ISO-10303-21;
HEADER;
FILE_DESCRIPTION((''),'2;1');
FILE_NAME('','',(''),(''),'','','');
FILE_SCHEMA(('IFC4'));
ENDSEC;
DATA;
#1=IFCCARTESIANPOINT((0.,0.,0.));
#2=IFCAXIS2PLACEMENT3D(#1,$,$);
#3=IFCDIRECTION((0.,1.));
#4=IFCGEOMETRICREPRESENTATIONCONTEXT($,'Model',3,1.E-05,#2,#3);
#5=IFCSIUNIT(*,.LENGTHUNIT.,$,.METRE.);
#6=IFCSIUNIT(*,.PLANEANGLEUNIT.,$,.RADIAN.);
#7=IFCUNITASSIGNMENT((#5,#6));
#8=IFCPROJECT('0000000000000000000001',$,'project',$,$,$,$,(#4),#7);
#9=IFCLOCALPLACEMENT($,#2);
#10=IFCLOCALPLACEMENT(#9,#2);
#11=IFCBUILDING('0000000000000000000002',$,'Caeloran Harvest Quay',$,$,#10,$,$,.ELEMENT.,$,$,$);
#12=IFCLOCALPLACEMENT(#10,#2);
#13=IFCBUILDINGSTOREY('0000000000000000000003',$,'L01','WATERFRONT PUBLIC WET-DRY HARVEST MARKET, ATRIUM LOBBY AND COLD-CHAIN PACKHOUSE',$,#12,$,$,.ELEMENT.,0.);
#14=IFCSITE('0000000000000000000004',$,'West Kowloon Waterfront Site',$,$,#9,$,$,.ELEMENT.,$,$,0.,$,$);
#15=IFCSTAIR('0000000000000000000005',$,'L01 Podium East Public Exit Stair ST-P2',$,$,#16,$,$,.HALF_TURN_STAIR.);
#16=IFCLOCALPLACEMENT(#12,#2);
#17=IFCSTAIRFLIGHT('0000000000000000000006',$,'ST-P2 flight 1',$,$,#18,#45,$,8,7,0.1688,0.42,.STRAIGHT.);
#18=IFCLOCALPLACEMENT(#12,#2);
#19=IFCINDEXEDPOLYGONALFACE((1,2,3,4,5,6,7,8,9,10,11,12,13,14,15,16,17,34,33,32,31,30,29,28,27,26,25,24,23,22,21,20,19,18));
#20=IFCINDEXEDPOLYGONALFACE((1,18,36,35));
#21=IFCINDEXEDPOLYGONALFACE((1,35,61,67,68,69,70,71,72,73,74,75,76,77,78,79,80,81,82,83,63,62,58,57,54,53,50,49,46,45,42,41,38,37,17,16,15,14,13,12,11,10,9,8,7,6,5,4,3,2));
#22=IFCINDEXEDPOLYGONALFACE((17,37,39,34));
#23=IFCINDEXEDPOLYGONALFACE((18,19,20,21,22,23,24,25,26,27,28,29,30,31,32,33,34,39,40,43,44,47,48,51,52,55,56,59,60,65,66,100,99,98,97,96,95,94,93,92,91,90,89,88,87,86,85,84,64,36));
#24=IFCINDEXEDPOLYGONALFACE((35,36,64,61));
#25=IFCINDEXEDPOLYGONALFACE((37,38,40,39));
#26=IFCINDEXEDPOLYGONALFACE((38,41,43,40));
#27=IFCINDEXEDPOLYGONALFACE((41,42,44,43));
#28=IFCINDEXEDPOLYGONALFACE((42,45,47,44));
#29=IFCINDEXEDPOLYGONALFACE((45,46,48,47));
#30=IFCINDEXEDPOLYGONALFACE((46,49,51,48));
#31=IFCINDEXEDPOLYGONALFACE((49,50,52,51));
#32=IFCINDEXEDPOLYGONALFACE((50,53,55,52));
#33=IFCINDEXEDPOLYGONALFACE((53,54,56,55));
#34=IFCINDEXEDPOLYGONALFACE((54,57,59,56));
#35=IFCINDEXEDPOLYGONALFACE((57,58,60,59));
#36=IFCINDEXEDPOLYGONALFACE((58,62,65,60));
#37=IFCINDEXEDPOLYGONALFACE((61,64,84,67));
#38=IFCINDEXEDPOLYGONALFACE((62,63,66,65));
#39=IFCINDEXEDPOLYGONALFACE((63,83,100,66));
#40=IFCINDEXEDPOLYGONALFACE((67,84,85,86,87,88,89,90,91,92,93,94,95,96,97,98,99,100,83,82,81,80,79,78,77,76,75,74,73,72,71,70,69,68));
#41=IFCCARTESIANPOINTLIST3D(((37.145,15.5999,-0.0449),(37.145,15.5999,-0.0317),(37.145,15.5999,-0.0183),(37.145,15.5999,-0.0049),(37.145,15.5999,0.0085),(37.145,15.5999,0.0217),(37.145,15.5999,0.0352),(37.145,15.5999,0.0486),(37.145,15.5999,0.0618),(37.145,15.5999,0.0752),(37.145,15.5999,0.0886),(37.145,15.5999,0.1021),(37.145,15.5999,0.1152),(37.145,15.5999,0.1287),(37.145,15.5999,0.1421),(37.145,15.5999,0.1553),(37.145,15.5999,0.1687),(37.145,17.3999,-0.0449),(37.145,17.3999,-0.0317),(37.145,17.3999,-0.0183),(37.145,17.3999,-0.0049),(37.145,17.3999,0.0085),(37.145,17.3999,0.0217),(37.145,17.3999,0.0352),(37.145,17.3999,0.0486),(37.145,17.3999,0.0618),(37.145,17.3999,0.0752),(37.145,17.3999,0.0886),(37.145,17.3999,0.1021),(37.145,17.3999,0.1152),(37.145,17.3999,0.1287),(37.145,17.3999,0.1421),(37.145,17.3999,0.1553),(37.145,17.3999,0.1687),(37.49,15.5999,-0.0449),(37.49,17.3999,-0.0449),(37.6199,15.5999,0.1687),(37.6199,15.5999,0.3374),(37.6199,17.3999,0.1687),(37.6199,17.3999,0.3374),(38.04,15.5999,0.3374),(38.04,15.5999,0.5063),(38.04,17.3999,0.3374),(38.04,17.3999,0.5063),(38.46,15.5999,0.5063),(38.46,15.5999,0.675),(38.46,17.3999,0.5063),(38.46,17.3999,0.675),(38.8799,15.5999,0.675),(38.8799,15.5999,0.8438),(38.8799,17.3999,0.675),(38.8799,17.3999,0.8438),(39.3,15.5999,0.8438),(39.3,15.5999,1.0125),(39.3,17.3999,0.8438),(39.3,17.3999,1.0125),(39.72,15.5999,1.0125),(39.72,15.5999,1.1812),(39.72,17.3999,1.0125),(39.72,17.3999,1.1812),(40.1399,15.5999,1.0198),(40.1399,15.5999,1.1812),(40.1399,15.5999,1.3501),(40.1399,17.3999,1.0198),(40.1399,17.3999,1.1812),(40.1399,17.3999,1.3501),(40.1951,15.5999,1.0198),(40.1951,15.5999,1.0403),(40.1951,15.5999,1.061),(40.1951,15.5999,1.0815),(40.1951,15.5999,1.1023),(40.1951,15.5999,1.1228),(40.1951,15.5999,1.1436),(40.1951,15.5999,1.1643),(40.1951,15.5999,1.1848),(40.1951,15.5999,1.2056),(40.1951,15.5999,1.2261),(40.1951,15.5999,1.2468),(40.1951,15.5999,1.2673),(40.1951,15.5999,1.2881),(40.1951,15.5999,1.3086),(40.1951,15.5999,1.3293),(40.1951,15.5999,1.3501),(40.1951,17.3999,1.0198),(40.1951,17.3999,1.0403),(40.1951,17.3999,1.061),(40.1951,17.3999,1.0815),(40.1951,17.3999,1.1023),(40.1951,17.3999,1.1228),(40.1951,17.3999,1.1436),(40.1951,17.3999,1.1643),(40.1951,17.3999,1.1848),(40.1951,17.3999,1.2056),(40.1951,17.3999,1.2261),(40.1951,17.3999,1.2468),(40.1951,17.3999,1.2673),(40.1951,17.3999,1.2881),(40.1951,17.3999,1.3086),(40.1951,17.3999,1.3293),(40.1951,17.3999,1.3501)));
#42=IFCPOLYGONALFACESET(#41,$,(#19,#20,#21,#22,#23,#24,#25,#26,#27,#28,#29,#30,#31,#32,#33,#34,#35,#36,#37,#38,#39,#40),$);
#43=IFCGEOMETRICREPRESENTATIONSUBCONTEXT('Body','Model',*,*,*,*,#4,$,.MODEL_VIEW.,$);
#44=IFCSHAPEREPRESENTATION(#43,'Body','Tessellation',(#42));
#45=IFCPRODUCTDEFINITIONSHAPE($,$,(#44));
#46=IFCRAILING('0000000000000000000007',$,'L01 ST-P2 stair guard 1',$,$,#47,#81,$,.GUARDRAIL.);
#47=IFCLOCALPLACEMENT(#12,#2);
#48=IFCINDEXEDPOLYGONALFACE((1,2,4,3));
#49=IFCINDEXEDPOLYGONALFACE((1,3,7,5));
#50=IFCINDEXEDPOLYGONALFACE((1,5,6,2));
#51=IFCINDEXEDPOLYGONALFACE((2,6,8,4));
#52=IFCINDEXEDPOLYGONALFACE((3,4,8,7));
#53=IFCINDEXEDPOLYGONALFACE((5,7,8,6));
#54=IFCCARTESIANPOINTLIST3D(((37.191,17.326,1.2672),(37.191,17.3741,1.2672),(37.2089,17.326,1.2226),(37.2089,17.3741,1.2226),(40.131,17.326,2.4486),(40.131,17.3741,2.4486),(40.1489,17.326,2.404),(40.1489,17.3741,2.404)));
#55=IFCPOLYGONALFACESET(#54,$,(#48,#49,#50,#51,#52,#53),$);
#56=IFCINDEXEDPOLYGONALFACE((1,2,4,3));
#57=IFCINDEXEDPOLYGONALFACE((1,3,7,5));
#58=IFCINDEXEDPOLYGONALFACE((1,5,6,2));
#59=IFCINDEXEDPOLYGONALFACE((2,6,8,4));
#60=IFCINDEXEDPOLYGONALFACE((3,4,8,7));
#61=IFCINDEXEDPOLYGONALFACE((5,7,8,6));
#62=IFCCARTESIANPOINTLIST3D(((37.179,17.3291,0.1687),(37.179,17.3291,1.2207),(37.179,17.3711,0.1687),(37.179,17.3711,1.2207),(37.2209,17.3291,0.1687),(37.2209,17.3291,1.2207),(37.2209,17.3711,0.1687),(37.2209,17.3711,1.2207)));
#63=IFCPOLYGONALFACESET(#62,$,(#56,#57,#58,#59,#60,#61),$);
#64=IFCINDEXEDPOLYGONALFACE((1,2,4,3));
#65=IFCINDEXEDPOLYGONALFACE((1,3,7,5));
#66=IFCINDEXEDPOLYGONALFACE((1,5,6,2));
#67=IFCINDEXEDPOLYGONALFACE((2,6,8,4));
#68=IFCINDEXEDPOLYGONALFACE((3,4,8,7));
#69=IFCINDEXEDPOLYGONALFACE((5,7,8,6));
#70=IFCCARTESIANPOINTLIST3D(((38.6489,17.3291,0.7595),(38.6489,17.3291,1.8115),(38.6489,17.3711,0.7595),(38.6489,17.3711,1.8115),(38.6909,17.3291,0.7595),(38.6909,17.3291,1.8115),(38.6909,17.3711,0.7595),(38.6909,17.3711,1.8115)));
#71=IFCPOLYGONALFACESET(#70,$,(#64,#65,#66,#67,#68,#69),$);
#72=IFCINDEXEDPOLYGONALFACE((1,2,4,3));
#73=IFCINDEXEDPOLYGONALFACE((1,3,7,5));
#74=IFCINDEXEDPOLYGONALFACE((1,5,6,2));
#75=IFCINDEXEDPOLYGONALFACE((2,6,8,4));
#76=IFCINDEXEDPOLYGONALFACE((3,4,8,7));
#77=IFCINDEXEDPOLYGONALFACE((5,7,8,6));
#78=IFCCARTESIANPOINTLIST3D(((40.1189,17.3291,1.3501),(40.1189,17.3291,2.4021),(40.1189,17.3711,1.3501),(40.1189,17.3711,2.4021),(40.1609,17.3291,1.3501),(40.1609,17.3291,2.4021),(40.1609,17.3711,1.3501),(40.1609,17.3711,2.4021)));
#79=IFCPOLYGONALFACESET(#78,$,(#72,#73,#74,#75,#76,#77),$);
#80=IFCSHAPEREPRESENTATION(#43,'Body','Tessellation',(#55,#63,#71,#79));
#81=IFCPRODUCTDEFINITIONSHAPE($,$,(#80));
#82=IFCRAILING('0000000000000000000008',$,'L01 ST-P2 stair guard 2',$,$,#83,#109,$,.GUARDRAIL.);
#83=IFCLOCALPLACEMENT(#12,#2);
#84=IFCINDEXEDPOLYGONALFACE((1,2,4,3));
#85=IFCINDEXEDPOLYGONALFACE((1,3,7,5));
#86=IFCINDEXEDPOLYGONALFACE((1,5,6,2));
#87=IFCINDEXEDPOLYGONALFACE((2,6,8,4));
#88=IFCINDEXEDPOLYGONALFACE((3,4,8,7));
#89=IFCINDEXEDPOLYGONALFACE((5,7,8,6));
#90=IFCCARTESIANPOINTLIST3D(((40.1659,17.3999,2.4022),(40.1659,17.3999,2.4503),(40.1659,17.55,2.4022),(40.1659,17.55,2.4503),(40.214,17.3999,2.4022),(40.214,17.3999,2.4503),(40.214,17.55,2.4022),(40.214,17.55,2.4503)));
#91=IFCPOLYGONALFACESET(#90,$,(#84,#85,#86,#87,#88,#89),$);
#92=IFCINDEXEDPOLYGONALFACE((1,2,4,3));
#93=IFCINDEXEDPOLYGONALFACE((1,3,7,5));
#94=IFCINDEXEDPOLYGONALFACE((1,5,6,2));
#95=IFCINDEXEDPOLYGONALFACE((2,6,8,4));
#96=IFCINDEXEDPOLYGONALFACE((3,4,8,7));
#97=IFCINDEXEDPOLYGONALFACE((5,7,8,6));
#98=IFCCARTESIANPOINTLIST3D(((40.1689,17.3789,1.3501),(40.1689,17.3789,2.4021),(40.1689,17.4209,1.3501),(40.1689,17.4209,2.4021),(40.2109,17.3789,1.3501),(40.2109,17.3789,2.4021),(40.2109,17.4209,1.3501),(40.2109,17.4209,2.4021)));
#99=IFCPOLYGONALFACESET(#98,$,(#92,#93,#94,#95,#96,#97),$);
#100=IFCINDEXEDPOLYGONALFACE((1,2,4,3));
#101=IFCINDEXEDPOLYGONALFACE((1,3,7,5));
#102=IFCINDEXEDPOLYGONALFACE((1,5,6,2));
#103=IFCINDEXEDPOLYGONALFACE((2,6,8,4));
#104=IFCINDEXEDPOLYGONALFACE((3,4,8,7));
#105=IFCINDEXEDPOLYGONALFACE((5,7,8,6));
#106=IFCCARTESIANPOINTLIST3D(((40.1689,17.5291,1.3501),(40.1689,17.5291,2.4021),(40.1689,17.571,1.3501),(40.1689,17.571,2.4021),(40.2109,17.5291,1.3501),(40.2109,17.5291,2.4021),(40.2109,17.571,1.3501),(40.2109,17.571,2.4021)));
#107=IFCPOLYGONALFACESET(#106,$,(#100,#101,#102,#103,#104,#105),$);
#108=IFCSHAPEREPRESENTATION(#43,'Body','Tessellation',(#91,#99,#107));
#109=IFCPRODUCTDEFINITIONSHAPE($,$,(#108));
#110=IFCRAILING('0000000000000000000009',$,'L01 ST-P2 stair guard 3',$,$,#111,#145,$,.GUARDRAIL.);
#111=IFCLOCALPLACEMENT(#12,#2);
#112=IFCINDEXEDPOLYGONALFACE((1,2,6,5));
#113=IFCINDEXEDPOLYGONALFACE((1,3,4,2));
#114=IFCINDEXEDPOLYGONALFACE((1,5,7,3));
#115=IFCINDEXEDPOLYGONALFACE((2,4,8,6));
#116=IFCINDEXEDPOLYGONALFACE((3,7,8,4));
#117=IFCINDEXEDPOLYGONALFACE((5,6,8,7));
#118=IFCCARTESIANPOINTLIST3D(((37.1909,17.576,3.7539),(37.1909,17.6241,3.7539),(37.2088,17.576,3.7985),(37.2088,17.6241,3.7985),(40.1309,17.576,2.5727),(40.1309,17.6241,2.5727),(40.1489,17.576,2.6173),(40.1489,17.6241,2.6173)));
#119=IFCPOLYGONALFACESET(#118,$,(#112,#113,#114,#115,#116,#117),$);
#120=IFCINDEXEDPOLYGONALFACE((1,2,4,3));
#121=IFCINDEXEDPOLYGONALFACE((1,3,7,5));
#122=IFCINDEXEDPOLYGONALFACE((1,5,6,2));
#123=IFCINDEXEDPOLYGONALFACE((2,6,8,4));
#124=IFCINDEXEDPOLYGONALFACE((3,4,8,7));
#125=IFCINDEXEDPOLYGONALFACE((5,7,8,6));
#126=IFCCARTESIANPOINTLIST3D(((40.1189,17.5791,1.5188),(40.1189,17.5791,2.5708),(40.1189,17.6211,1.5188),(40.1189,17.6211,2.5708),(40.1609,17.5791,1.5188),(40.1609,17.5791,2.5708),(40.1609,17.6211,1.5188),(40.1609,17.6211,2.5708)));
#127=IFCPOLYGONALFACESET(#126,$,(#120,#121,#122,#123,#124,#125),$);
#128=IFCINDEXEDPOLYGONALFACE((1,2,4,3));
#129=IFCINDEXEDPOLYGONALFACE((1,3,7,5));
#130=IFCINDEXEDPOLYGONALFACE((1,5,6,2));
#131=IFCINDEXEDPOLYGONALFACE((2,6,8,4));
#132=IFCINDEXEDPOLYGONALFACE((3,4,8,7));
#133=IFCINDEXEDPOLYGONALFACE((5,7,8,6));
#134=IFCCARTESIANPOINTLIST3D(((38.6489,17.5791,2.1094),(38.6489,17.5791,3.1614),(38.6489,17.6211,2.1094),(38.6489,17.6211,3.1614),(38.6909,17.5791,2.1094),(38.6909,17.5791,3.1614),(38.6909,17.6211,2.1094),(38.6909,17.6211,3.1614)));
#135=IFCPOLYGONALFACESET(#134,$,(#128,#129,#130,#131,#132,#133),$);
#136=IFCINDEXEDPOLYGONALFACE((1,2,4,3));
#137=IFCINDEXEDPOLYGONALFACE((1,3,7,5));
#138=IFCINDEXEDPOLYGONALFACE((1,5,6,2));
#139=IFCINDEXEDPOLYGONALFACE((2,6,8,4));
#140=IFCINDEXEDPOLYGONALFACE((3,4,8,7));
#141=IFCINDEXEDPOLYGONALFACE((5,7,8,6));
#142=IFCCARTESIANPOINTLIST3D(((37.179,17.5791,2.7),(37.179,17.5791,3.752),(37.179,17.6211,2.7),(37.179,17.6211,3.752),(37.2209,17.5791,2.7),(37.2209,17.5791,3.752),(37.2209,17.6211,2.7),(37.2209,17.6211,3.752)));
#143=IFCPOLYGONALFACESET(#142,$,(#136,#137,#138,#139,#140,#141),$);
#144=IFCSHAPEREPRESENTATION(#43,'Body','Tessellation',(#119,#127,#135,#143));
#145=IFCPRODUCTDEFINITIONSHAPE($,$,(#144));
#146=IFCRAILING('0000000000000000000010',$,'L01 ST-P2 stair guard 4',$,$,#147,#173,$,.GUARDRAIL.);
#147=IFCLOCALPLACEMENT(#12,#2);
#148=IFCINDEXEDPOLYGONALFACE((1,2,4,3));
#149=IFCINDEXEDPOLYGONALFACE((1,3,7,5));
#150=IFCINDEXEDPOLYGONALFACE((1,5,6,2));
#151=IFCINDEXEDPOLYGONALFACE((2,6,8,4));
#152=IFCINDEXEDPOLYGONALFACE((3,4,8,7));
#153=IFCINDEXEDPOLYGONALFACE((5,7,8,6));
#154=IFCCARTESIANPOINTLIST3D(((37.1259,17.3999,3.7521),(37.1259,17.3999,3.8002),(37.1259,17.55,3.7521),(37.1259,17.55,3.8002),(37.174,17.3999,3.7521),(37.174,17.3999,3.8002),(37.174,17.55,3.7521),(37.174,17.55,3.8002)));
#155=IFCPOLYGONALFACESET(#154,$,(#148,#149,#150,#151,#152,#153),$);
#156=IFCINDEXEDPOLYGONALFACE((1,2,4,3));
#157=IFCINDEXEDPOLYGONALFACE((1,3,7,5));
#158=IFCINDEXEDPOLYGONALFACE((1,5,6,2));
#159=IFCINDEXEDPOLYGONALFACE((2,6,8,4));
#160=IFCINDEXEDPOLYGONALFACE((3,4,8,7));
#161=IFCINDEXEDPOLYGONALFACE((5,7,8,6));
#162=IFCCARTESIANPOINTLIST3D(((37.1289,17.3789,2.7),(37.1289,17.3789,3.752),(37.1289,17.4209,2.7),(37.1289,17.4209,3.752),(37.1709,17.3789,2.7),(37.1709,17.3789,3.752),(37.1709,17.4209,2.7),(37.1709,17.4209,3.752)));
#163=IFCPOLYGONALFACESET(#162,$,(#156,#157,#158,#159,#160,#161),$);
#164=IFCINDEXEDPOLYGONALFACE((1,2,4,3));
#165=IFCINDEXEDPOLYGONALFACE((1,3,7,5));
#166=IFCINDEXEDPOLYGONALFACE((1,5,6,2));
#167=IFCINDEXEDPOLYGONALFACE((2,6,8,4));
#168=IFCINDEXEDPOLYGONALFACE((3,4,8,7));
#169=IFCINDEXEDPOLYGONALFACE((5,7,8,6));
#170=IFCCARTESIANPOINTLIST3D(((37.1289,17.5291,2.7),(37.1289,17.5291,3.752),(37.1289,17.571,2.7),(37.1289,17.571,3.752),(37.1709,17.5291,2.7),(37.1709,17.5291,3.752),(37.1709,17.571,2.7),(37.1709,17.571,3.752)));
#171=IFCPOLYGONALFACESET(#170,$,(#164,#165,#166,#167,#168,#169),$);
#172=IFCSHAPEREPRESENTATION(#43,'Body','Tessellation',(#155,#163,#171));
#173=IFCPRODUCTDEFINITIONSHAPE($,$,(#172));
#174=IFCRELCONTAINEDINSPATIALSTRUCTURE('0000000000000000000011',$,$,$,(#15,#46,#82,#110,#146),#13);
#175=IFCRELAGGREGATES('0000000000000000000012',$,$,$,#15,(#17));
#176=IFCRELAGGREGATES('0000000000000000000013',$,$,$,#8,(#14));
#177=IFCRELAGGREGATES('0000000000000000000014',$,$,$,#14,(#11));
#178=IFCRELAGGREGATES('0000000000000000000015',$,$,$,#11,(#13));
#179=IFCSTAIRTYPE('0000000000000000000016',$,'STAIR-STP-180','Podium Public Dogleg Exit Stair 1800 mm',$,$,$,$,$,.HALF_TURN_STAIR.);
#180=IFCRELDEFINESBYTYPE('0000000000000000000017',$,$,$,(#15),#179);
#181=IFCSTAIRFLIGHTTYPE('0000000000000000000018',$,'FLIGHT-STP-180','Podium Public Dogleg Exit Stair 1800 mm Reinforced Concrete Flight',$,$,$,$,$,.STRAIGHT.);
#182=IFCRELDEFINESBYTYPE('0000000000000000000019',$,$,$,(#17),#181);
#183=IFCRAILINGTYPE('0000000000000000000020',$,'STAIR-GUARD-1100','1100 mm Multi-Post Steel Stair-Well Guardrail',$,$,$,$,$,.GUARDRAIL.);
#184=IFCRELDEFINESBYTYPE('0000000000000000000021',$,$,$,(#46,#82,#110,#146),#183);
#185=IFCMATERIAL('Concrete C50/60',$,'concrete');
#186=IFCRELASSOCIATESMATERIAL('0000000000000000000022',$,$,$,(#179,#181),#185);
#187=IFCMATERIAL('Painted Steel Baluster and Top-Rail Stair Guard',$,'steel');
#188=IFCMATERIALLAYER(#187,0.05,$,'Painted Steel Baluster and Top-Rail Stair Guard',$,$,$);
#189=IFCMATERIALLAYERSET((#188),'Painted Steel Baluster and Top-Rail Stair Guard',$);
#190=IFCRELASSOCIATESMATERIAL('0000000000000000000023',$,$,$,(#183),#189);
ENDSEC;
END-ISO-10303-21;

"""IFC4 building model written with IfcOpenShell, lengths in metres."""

from ifc_helpers import new_model, si_unit, direction, frame, origin, origin_2d, place, context, subcontext, project, spatial, polyline, rectangle, outline, extrude, material, layer, layer_set, type_object, element, aggregate, save


model = new_model("IFC4")

# Units and contexts
model_context = context("Model", 3, precision=1e-05, world=origin(), true_north=direction((0.0, 1.0)))
body_context = subcontext(model_context, "Body", "Model", "MODEL_VIEW")
ifc_project = project(units=[si_unit("LENGTHUNIT", "METRE"), si_unit("PLANEANGLEUNIT", "RADIAN")], contexts=[model_context])

# Site, building, storey
site_placement = place(None, origin())
site = spatial("IfcSite", under=ifc_project, at=site_placement, Name="West Kowloon Waterfront Site", CompositionType="ELEMENT", RefElevation=0.0)
building_placement = place(site_placement, origin())
building = spatial("IfcBuilding", under=site, at=building_placement, Name="Caeloran Harvest Quay", CompositionType="ELEMENT")
storey_placement = place(building_placement, origin())
storey = spatial("IfcBuildingStorey", under=building, at=storey_placement, Name="L01", Description="WATERFRONT PUBLIC WET-DRY HARVEST MARKET, ATRIUM LOBBY AND COLD-CHAIN PACKHOUSE", CompositionType="ELEMENT", Elevation=0.0)

# Stair, stair flight
ifc_material_1 = material(Name="Concrete C50/60", Category="concrete")
stair_type = type_object("IfcStairType", Name="STAIR-STP-180", Description="Podium Public Dogleg Exit Stair 1800 mm", PredefinedType="HALF_TURN_STAIR", material=ifc_material_1)
stair_placement = place(storey_placement, origin())
stair = element("IfcStair", 1, at=stair_placement, inside=storey, type_object=stair_type, Name="L01 Podium East Public Exit Stair ST-P2", PredefinedType="HALF_TURN_STAIR")
stair_flight_type = type_object("IfcStairFlightType", Name="FLIGHT-STP-180", Description="Podium Public Dogleg Exit Stair 1800 mm Reinforced Concrete Flight", PredefinedType="STRAIGHT", material=ifc_material_1)
stair_flight_1_placement = place(storey_placement, frame((37.2, 16.5, 0.0), z_axis=(0.0, 0.0, 1.0), x_axis=(1.0, 0.0, 0.0)))
stair_flight_1 = element("IfcStairFlight", 2, at=stair_flight_1_placement, type_object=stair_flight_type, Name="ST-P2 flight 1", NumberOfRisers=8, NumberOfTreads=7, PredefinedType="STRAIGHT", RiserHeight=0.1688, TreadLength=0.42, context=body_context, shape_type="SweptSolid", body=[
    extrude(outline(polyline([(-0.0549, -0.0449), (-0.0549, -0.0317), (-0.0549, -0.0183), (-0.0549, -0.0049), (-0.0549, 0.0085), (-0.0549, 0.0217), (-0.0549, 0.0352), (-0.0549, 0.0486), (-0.0549, 0.0618), (-0.0549, 0.0752), (-0.0549, 0.0886), (-0.0549, 0.1021), (-0.0549, 0.1152), (-0.0549, 0.1287), (-0.0549, 0.1421), (-0.0549, 0.1553), (-0.0549, 0.1687), (0.4199, 0.1687), (0.4199, 0.3374), (0.8401, 0.3374), (0.8401, 0.5063), (1.26, 0.5063), (1.26, 0.675), (1.6799, 0.675), (1.6799, 0.8438), (2.1001, 0.8438), (2.1001, 1.0125), (2.52, 1.0125), (2.52, 1.1812), (2.9399, 1.1812), (2.9399, 1.3501), (2.9951, 1.3501), (2.9951, 1.3293), (2.9951, 1.3086), (2.9951, 1.2881), (2.9951, 1.2673), (2.9951, 1.2468), (2.9951, 1.2261), (2.9951, 1.2056), (2.9951, 1.1848), (2.9951, 1.1643), (2.9951, 1.1436), (2.9951, 1.1228), (2.9951, 1.1023), (2.9951, 1.0815), (2.9951, 1.061), (2.9951, 1.0403), (2.9951, 1.0198), (2.9399, 1.0198), (0.29, -0.0449), (-0.0549, -0.0449)])), frame((0.0, 0.8999, 0.0), z_axis=(0.0, -1.0, 0.0), x_axis=(1.0, 0.0, 0.0)), (0.0, 0.0, 1.0), 1.8),
])
aggregate(stair, [stair_flight_1])

# Railings
ifc_material_2 = material(Name="Painted Steel Baluster and Top-Rail Stair Guard", Category="steel")
ifc_layer_1 = layer(ifc_material_2, 0.05, Name="Painted Steel Baluster and Top-Rail Stair Guard")
ifc_layer_set_1 = layer_set([ifc_layer_1], Name="Painted Steel Baluster and Top-Rail Stair Guard")
railing_type_1 = type_object("IfcRailingType", Name="STAIR-GUARD-1100", Description="1100 mm Multi-Post Steel Stair-Well Guardrail", PredefinedType="GUARDRAIL", material=ifc_layer_set_1)
railing_1_placement = place(storey_placement, frame((37.2, 17.3501, 0.1687)))
element("IfcRailing", 3, at=railing_1_placement, inside=storey, type_object=railing_type_1, Name="L01 ST-P2 stair guard 1", PredefinedType="GUARDRAIL", context=body_context, shape_type="SweptSolid", body=[
    extrude(rectangle(XDim=0.0481, YDim=0.0481, at=origin_2d()), frame((0.0, 0.0, 1.0762), z_axis=(0.927886, 0.0, 0.372865), x_axis=(0.0, 1.0, 0.0)), (0.0, 0.0, 1.0), 3.1685),
    extrude(rectangle(XDim=0.042, YDim=0.042, at=origin_2d()), origin(), (0.0, 0.0, 1.0), 1.052),
    extrude(rectangle(XDim=0.042, YDim=0.042, at=origin_2d()), frame((1.47, 0.0, 0.5908)), (0.0, 0.0, 1.0), 1.052),
    extrude(rectangle(XDim=0.042, YDim=0.042, at=origin_2d()), frame((2.9399, 0.0, 1.1814)), (0.0, 0.0, 1.0), 1.052),
])
railing_2_placement = place(storey_placement, frame((40.1899, 17.3999, 1.3501)))
element("IfcRailing", 4, at=railing_2_placement, inside=storey, type_object=railing_type_1, Name="L01 ST-P2 stair guard 2", PredefinedType="GUARDRAIL", context=body_context, shape_type="SweptSolid", body=[
    extrude(rectangle(XDim=0.0481, YDim=0.0481, at=origin_2d()), frame((0.0, 0.0, 1.0762), z_axis=(0.0, 1.0, 0.0), x_axis=(-1.0, 0.0, 0.0)), (0.0, 0.0, 1.0), 0.1501),
    extrude(rectangle(XDim=0.042, YDim=0.042, at=origin_2d()), origin(), (0.0, 0.0, 1.0), 1.052),
    extrude(rectangle(XDim=0.042, YDim=0.042, at=origin_2d()), frame((0.0, 0.1501, 0.0)), (0.0, 0.0, 1.0), 1.052),
])
railing_3_placement = place(storey_placement, frame((40.1399, 17.6001, 1.5188)))
element("IfcRailing", 5, at=railing_3_placement, inside=storey, type_object=railing_type_1, Name="L01 ST-P2 stair guard 3", PredefinedType="GUARDRAIL", context=body_context, shape_type="SweptSolid", body=[
    extrude(rectangle(XDim=0.0481, YDim=0.0481, at=origin_2d()), frame((0.0, 0.0, 1.0762), z_axis=(-0.927912, 0.0, 0.372799), x_axis=(0.0, -1.0, 0.0)), (0.0, 0.0, 1.0), 3.1685),
    extrude(rectangle(XDim=0.042, YDim=0.042, at=origin_2d()), origin(), (0.0, 0.0, 1.0), 1.052),
    extrude(rectangle(XDim=0.042, YDim=0.042, at=origin_2d()), frame((-1.47, 0.0, 0.5906)), (0.0, 0.0, 1.0), 1.052),
    extrude(rectangle(XDim=0.042, YDim=0.042, at=origin_2d()), frame((-2.9399, 0.0, 1.1812)), (0.0, 0.0, 1.0), 1.052),
])
railing_4_placement = place(storey_placement, frame((37.1499, 17.3999, 2.7)))
element("IfcRailing", 6, at=railing_4_placement, inside=storey, type_object=railing_type_1, Name="L01 ST-P2 stair guard 4", PredefinedType="GUARDRAIL", context=body_context, shape_type="SweptSolid", body=[
    extrude(rectangle(XDim=0.0481, YDim=0.0481, at=origin_2d()), frame((0.0, 0.0, 1.0762), z_axis=(0.0, 1.0, 0.0), x_axis=(-1.0, 0.0, 0.0)), (0.0, 0.0, 1.0), 0.1501),
    extrude(rectangle(XDim=0.042, YDim=0.042, at=origin_2d()), origin(), (0.0, 0.0, 1.0), 1.052),
    extrude(rectangle(XDim=0.042, YDim=0.042, at=origin_2d()), frame((0.0, 0.1501, 0.0)), (0.0, 0.0, 1.0), 1.052),
])

save(model, "model.ifc")
